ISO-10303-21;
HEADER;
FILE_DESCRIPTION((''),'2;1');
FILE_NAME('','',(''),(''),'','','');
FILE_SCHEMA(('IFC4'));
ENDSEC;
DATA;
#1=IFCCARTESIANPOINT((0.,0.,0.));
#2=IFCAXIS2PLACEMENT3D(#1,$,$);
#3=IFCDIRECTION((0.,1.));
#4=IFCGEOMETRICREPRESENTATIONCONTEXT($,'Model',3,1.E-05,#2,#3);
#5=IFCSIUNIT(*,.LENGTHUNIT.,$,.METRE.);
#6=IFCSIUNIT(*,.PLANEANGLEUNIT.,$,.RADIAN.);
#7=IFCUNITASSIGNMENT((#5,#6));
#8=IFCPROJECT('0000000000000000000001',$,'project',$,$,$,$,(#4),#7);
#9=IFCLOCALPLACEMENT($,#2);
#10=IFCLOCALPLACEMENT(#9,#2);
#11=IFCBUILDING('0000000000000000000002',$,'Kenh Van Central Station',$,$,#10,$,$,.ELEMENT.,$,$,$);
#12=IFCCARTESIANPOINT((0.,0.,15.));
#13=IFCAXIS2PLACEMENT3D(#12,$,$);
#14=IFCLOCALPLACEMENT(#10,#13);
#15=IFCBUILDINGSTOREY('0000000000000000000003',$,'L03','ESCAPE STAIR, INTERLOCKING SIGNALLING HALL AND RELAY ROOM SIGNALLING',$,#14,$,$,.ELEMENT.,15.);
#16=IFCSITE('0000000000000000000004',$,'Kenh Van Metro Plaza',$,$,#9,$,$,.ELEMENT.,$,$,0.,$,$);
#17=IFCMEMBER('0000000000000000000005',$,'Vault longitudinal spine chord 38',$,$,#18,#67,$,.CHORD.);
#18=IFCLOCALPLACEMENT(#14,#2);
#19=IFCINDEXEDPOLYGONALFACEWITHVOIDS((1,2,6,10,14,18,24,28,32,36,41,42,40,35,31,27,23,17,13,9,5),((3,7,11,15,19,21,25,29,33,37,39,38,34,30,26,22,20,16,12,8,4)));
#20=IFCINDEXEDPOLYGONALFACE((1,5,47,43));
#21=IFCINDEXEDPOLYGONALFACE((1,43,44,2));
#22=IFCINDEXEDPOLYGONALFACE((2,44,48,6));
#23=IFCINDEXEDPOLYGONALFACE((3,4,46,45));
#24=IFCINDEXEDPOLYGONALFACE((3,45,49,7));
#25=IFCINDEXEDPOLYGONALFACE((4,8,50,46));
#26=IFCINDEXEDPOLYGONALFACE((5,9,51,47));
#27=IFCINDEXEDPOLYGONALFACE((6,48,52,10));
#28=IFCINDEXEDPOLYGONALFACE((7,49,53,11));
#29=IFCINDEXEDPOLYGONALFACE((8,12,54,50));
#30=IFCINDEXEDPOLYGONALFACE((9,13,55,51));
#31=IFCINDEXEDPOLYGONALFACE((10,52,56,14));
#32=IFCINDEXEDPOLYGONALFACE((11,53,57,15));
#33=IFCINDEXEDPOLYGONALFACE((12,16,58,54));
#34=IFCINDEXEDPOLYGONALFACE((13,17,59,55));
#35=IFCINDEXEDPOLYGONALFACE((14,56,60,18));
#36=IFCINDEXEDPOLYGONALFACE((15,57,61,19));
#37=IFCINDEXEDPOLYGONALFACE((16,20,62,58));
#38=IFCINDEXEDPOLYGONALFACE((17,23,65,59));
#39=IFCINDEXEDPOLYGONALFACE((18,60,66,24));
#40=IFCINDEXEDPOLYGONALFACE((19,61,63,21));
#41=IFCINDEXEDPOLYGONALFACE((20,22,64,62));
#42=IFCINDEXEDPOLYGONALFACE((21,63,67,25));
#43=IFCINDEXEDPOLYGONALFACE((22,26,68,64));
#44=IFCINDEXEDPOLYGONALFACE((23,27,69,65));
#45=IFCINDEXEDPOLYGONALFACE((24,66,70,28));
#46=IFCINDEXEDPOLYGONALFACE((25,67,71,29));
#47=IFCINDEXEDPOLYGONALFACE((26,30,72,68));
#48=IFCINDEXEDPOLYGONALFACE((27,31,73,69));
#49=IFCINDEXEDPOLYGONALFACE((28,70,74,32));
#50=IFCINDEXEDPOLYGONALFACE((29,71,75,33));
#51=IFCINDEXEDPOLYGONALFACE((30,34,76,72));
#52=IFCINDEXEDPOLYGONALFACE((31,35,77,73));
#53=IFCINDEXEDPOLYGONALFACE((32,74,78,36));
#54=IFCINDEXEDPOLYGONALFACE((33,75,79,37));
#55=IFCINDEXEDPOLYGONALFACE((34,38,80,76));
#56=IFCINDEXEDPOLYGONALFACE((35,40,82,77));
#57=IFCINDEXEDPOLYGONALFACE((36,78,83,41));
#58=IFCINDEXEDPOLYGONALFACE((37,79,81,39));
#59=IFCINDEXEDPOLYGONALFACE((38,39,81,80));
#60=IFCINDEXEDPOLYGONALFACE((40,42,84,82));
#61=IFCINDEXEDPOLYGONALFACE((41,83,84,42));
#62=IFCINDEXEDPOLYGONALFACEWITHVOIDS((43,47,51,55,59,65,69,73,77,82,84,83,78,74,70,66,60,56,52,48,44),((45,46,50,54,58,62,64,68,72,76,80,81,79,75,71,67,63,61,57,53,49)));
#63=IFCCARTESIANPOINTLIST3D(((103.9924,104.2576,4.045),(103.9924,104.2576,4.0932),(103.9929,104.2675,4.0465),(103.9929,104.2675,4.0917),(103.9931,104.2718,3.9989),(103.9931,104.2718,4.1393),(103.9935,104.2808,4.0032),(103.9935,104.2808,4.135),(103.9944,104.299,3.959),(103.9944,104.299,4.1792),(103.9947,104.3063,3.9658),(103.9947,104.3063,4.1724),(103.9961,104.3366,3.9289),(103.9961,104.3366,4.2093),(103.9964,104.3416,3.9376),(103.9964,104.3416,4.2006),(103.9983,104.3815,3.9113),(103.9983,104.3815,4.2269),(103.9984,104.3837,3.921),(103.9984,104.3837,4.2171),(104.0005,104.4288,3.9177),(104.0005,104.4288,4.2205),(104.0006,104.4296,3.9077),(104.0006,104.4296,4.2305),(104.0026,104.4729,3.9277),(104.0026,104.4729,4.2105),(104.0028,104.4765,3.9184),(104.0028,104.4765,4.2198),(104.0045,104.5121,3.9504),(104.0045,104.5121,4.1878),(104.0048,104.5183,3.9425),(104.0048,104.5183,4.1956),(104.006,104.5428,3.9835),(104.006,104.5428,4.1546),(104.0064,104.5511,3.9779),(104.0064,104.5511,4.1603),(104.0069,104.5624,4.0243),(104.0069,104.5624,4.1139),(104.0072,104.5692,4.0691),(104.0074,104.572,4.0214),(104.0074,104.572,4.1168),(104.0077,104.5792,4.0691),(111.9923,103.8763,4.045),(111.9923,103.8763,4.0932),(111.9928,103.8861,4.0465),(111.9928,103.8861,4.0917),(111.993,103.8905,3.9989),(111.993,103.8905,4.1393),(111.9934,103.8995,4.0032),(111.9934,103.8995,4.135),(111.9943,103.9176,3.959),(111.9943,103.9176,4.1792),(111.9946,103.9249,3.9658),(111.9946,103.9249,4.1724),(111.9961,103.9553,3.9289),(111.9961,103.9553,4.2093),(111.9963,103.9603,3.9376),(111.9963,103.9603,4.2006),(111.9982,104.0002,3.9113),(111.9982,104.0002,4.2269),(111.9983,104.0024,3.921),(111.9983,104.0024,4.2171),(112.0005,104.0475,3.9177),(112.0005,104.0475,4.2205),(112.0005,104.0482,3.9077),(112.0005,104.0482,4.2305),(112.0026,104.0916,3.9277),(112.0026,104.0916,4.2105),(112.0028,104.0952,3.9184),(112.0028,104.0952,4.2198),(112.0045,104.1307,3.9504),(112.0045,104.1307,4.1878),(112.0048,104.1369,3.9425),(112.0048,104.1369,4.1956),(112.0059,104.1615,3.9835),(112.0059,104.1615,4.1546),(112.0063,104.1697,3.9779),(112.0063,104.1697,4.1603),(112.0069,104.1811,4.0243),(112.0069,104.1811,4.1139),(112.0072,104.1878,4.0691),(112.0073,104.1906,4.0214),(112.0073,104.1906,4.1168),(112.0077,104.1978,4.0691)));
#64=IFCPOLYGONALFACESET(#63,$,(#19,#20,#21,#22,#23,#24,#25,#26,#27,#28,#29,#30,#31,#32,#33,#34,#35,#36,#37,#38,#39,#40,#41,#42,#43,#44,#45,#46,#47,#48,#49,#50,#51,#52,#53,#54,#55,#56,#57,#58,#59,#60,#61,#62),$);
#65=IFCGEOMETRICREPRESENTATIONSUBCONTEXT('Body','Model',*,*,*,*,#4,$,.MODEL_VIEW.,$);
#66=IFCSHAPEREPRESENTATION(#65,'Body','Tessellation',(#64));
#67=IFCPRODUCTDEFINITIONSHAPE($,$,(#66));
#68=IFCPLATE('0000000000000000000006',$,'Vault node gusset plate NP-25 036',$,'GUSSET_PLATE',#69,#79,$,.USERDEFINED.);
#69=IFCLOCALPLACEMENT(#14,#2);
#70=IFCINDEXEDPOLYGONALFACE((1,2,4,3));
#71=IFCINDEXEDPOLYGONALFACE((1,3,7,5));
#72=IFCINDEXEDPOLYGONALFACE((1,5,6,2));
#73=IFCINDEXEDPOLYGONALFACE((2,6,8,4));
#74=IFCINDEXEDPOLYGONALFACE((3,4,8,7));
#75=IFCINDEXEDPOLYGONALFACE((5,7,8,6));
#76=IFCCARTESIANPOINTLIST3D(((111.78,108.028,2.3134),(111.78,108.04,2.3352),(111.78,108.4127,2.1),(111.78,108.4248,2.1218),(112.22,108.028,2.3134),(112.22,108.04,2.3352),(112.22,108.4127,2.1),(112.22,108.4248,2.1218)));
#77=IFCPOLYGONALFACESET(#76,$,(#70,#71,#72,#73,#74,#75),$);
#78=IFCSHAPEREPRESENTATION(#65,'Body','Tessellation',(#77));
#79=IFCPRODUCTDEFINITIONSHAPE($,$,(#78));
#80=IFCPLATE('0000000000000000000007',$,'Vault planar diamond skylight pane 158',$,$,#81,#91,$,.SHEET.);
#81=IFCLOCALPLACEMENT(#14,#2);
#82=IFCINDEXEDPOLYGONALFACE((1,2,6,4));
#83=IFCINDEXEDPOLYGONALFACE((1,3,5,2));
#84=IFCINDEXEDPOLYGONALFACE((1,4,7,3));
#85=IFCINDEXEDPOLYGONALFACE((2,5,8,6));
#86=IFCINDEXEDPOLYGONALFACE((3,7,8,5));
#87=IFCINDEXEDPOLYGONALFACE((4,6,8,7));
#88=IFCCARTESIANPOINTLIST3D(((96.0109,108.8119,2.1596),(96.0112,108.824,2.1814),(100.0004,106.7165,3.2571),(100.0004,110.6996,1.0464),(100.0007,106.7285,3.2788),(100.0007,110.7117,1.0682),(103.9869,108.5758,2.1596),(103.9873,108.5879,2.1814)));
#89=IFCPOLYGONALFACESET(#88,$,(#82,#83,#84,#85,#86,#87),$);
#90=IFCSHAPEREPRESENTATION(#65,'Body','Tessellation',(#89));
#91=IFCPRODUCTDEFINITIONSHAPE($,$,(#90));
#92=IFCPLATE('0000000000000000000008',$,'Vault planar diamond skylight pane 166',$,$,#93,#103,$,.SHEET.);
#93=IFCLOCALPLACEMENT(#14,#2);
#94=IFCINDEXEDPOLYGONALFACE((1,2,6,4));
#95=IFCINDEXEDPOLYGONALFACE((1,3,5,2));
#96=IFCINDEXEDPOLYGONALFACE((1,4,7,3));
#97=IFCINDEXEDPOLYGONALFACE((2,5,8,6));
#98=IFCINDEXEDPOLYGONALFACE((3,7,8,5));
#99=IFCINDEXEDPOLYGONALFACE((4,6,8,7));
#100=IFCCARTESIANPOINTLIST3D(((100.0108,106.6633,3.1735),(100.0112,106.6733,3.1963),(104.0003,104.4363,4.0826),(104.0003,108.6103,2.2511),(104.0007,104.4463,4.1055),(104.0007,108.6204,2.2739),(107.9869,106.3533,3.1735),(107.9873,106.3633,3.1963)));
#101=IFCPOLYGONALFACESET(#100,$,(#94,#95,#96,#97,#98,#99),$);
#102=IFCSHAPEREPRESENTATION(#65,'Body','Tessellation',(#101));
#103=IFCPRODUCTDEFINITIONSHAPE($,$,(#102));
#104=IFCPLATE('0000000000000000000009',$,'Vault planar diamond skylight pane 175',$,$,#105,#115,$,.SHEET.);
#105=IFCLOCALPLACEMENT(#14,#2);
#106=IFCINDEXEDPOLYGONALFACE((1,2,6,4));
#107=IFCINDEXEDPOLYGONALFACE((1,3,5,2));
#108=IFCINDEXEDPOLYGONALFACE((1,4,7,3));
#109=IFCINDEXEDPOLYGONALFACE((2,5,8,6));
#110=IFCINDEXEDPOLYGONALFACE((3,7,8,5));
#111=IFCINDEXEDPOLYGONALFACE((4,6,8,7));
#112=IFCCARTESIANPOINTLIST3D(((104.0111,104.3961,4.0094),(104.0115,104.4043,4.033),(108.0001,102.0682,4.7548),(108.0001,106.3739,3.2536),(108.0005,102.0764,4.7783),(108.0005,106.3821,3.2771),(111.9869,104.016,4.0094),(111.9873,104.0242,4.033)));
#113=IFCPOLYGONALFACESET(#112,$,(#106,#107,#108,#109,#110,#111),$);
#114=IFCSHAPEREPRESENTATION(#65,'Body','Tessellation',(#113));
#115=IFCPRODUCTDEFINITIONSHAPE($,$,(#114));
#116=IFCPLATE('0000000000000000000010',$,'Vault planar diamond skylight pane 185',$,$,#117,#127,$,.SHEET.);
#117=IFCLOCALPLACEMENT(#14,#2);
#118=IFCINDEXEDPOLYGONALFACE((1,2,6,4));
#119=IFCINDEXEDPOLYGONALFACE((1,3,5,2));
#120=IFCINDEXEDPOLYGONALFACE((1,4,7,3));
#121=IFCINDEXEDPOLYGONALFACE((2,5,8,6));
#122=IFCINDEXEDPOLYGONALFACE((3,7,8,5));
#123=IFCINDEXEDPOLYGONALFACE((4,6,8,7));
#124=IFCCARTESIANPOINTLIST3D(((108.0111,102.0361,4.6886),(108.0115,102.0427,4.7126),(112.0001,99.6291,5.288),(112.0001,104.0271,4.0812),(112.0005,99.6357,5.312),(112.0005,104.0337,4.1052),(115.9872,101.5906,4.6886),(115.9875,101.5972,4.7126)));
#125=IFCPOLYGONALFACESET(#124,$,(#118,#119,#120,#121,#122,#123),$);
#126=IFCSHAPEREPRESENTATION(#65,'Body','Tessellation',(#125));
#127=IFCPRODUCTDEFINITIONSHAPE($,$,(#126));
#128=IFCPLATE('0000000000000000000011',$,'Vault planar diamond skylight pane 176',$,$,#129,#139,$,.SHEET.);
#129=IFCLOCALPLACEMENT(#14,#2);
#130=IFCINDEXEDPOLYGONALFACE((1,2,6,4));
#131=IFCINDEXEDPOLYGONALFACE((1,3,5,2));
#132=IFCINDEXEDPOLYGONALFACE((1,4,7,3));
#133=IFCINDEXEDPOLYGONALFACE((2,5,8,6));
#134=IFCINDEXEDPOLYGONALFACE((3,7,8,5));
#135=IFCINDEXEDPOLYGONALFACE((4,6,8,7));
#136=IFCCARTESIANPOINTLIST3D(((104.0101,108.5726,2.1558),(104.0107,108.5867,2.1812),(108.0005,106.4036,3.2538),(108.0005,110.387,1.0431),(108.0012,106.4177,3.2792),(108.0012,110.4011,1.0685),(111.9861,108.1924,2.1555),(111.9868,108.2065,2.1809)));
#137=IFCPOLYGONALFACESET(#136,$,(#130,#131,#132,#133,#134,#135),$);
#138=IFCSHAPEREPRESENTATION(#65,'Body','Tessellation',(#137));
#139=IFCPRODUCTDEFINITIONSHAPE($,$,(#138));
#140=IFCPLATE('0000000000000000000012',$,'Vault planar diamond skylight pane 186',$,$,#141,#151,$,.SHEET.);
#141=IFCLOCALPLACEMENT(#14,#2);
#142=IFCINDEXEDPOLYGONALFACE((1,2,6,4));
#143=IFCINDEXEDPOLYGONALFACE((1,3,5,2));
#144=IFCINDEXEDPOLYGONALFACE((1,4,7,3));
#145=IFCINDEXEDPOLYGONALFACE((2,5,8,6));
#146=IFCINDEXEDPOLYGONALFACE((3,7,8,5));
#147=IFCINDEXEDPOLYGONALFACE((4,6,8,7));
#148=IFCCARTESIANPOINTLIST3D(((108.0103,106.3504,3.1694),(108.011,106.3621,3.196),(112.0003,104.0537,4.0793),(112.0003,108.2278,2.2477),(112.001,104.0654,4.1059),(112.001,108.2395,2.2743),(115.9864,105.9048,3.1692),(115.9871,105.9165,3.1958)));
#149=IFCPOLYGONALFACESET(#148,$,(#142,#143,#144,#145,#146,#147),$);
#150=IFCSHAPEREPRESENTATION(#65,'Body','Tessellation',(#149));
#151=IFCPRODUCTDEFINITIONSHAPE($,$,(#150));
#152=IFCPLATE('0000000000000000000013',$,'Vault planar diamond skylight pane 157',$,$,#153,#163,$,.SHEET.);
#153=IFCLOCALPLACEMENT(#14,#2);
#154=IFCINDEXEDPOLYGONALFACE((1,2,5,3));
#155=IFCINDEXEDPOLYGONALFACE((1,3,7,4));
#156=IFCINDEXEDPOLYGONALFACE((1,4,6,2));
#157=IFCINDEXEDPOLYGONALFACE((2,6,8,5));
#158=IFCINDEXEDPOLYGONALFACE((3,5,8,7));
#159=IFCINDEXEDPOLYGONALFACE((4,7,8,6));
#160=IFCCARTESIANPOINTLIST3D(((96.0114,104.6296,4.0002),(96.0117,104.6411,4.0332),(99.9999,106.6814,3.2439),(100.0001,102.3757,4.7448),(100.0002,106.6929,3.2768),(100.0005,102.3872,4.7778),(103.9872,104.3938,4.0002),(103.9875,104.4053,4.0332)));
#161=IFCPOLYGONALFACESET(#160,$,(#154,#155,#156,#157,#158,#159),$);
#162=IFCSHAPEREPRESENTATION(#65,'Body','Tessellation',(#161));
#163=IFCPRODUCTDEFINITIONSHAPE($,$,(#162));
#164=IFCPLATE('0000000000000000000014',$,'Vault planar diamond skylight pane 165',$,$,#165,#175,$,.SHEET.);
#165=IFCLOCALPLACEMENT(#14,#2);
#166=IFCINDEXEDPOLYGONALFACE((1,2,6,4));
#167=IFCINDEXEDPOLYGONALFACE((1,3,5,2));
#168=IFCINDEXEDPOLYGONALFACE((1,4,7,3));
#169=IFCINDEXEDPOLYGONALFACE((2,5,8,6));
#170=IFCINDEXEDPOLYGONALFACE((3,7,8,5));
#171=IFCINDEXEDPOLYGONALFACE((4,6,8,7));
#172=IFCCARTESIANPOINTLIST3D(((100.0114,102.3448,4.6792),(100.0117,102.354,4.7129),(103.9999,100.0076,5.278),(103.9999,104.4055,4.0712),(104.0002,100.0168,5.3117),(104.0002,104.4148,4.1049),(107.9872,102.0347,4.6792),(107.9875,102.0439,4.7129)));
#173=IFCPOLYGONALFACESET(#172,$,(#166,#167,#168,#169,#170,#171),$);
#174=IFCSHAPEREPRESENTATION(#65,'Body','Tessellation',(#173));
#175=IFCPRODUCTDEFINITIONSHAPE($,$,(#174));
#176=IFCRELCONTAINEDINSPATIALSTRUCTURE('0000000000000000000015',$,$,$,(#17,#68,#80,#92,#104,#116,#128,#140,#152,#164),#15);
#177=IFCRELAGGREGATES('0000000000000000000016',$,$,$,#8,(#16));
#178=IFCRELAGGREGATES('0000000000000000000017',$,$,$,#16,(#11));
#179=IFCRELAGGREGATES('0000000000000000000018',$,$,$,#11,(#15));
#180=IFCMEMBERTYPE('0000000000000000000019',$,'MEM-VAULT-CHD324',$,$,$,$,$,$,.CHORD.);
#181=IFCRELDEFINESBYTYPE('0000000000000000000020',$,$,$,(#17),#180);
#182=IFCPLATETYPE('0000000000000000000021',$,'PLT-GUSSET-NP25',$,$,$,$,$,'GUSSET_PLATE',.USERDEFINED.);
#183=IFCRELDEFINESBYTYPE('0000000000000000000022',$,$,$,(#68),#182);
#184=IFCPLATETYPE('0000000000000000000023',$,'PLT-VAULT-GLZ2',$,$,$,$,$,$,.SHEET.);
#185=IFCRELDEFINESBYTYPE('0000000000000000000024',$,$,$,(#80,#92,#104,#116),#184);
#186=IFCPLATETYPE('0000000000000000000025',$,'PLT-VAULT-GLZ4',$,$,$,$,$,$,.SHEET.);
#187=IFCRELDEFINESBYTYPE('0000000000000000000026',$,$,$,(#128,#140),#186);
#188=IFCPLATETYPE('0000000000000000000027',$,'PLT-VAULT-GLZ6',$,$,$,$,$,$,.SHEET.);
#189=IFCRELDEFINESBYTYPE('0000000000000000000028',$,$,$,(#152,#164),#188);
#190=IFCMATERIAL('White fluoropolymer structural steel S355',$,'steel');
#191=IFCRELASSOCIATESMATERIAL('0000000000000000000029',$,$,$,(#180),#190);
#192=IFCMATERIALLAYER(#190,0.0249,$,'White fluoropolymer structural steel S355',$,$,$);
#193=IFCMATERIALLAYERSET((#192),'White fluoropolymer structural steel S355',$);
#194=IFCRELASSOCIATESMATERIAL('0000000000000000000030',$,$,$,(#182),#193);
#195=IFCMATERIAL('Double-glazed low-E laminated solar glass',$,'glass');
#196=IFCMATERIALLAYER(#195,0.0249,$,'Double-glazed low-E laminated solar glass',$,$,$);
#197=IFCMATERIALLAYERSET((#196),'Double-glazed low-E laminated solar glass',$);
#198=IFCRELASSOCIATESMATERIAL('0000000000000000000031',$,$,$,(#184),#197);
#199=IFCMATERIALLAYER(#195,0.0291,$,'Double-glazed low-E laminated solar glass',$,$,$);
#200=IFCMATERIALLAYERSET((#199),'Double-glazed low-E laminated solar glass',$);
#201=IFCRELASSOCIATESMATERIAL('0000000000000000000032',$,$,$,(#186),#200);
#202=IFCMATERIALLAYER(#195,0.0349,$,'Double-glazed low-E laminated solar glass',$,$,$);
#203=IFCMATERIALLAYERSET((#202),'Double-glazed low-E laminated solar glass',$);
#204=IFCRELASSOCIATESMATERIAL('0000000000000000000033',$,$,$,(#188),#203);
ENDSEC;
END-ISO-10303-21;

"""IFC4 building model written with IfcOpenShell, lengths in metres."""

from ifc_helpers import new_model, si_unit, direction, frame, origin, origin_2d, place, context, subcontext, project, spatial, polyline, hollow_circle, outline, extrude, material, layer, layer_set, material_profile, profile_set, type_object, element, save


model = new_model("IFC4")

# Units and contexts
model_context = context("Model", 3, precision=1e-05, world=origin(), true_north=direction((0.0, 1.0)))
body_context = subcontext(model_context, "Body", "Model", "MODEL_VIEW")
ifc_project = project(units=[si_unit("LENGTHUNIT", "METRE"), si_unit("PLANEANGLEUNIT", "RADIAN")], contexts=[model_context])

# Site, building, storey
site_placement = place(None, origin())
site = spatial("IfcSite", under=ifc_project, at=site_placement, Name="Kenh Van Metro Plaza", CompositionType="ELEMENT", RefElevation=0.0)
building_placement = place(site_placement, origin())
building = spatial("IfcBuilding", under=site, at=building_placement, Name="Kenh Van Central Station", CompositionType="ELEMENT")
storey_placement = place(building_placement, frame((0.0, 0.0, 15.0)))
storey = spatial("IfcBuildingStorey", under=building, at=storey_placement, Name="L03", Description="ESCAPE STAIR, INTERLOCKING SIGNALLING HALL AND RELAY ROOM SIGNALLING", CompositionType="ELEMENT", Elevation=15.0)

# Shared definitions
ifc_material_1 = material(Name="White fluoropolymer structural steel S355", Category="steel")

# Member
ifc_material_profile_1 = material_profile(ifc_material_1, hollow_circle(Radius=0.1619, WallThickness=0.01, at=origin_2d()), Name="CHS 323.9x10")
ifc_profile_set_1 = profile_set([ifc_material_profile_1], Name="White fluoropolymer structural steel S355")
member_type_1 = type_object("IfcMemberType", Name="MEM-VAULT-CHD324", PredefinedType="CHORD", material=ifc_profile_set_1)
member_1_placement = place(storey_placement, frame((104.0, 104.4175, 4.0691), z_axis=(0.998866, -0.047614, 0.0), x_axis=(0.047614, 0.998866, 0.0)))
element("IfcMember", 1, at=member_1_placement, inside=storey, type_object=member_type_1, Name="Vault longitudinal spine chord 38", PredefinedType="CHORD", context=body_context, shape_type="SweptSolid", body=[
    extrude(hollow_circle(Radius=0.1619, WallThickness=0.01, at=origin_2d()), origin(), (0.0, 0.0, 1.0), 8.009),
])

# Plates
ifc_layer_1 = layer(ifc_material_1, 0.0249, Name="White fluoropolymer structural steel S355")
ifc_layer_set_1 = layer_set([ifc_layer_1], Name="White fluoropolymer structural steel S355")
plate_type_1 = type_object("IfcPlateType", Name="PLT-GUSSET-NP25", ElementType="GUSSET_PLATE", PredefinedType="USERDEFINED", material=ifc_layer_set_1)
plate_1_placement = place(storey_placement, frame((111.78, 108.04, 2.3352), z_axis=(0.0, 0.484983, 0.874523), x_axis=(1.0, 0.0, 0.0)))
element("IfcPlate", 2, at=plate_1_placement, inside=storey, type_object=plate_type_1, Name="Vault node gusset plate NP-25 036", ObjectType="GUSSET_PLATE", PredefinedType="USERDEFINED", context=body_context, shape_type="SweptSolid", body=[
    extrude(outline(polyline([(0.0, 0.0), (0.4399, 0.0), (0.4399, 0.44), (0.0, 0.44), (0.0, 0.0)])), origin(), (0.0, 0.0, -1.0), 0.0249),
])
ifc_material_2 = material(Name="Double-glazed low-E laminated solar glass", Category="glass")
ifc_layer_2 = layer(ifc_material_2, 0.0249, Name="Double-glazed low-E laminated solar glass")
ifc_layer_set_2 = layer_set([ifc_layer_2], Name="Double-glazed low-E laminated solar glass")
plate_type_2 = type_object("IfcPlateType", Name="PLT-VAULT-GLZ2", PredefinedType="SHEET", material=ifc_layer_set_2)
plate_2_placement = place(storey_placement, frame((96.0112, 108.824, 2.1814), z_axis=(0.014362, 0.485229, 0.874269), x_axis=(0.86017, -0.451794, 0.23662)))
element("IfcPlate", 3, at=plate_2_placement, inside=storey, type_object=plate_type_2, Name="Vault planar diamond skylight pane 158", PredefinedType="SHEET", context=body_context, shape_type="SweptSolid", body=[
    extrude(outline(polyline([(0.0, 0.0), (4.638, 0.0), (6.9674, 3.8895), (2.3154, 3.9189), (0.0, 0.0)])), origin(), (0.0, 0.0, -1.0), 0.0249),
])
plate_3_placement = place(storey_placement, frame((100.0112, 106.6733, 3.1963), z_axis=(0.015618, 0.401761, 0.915611), x_axis=(0.856375, -0.478054, 0.195158)))
element("IfcPlate", 4, at=plate_3_placement, inside=storey, type_object=plate_type_2, Name="Vault planar diamond skylight pane 166", PredefinedType="SHEET", context=body_context, shape_type="SweptSolid", body=[
    extrude(outline(polyline([(0.0, 0.0), (4.6586, 0.0), (6.9787, 3.8744), (2.3057, 3.904), (0.0, 0.0)])), origin(), (0.0, 0.0, -1.0), 0.0249),
])
plate_4_placement = place(storey_placement, frame((104.0115, 104.4043, 4.033), z_axis=(0.015689, 0.329184, 0.944135), x_axis=(0.852657, -0.497588, 0.159321)))
element("IfcPlate", 5, at=plate_4_placement, inside=storey, type_object=plate_type_2, Name="Vault planar diamond skylight pane 175", PredefinedType="SHEET", context=body_context, shape_type="SweptSolid", body=[
    extrude(outline(polyline([(0.0, 0.0), (4.6783, 0.0), (6.9898, 3.8602), (2.2967, 3.8885), (0.0, 0.0)])), origin(), (0.0, 0.0, -1.0), 0.0249),
])
plate_5_placement = place(storey_placement, frame((108.0115, 102.0427, 4.7126), z_axis=(0.01478, 0.264588, 0.964248), x_axis=(0.849206, -0.512416, 0.127589)))
element("IfcPlate", 6, at=plate_5_placement, inside=storey, type_object=plate_type_2, Name="Vault planar diamond skylight pane 185", PredefinedType="SHEET", context=body_context, shape_type="SweptSolid", body=[
    extrude(outline(polyline([(0.0, 0.0), (4.6973, 0.0), (7.0016, 3.8462), (2.2898, 3.8732), (0.0, 0.0)])), origin(), (0.0, 0.0, -1.0), 0.0249),
])
ifc_layer_3 = layer(ifc_material_2, 0.0291, Name="Double-glazed low-E laminated solar glass")
ifc_layer_set_3 = layer_set([ifc_layer_3], Name="Double-glazed low-E laminated solar glass")
plate_type_3 = type_object("IfcPlateType", Name="PLT-VAULT-GLZ4", PredefinedType="SHEET", material=ifc_layer_set_3)
plate_6_placement = place(storey_placement, frame((104.0107, 108.5867, 2.1812), z_axis=(0.023147, 0.485126, 0.874138), x_axis=(0.853997, -0.464182, 0.234997)))
element("IfcPlate", 7, at=plate_6_placement, inside=storey, type_object=plate_type_3, Name="Vault planar diamond skylight pane 176", PredefinedType="SHEET", context=body_context, shape_type="SweptSolid", body=[
    extrude(outline(polyline([(0.0, 0.0), (4.6727, 0.0), (6.9879, 3.8641), (2.3042, 3.8916), (0.0, 0.0)])), origin(), (0.0, 0.0, -1.0), 0.0291),
])
plate_7_placement = place(storey_placement, frame((108.011, 106.3621, 3.196), z_axis=(0.022468, 0.401709, 0.915492), x_axis=(0.850234, -0.489401, 0.193878)))
element("IfcPlate", 8, at=plate_7_placement, inside=storey, type_object=plate_type_3, Name="Vault planar diamond skylight pane 186", PredefinedType="SHEET", context=body_context, shape_type="SweptSolid", body=[
    extrude(outline(polyline([(0.0, 0.0), (4.6928, 0.0), (6.9995, 3.85), (2.2949, 3.8765), (0.0, 0.0)])), origin(), (0.0, 0.0, -1.0), 0.0291),
])
ifc_layer_4 = layer(ifc_material_2, 0.0349, Name="Double-glazed low-E laminated solar glass")
ifc_layer_set_4 = layer_set([ifc_layer_4], Name="Double-glazed low-E laminated solar glass")
plate_type_4 = type_object("IfcPlateType", Name="PLT-VAULT-GLZ6", PredefinedType="SHEET", material=ifc_layer_set_4)
plate_8_placement = place(storey_placement, frame((96.0117, 104.6411, 4.0332), z_axis=(0.009733, 0.329162, 0.944223), x_axis=(0.859344, -0.485585, 0.16042)))
element("IfcPlate", 9, at=plate_8_placement, inside=storey, type_object=plate_type_4, Name="Vault planar diamond skylight pane 157", PredefinedType="SHEET", context=body_context, shape_type="SweptSolid", body=[
    extrude(outline(polyline([(0.0, 0.0), (4.6416, 0.0), (6.9685, 3.8871), (2.3099, 3.9185), (0.0, 0.0)])), origin(), (0.0, 0.0, -1.0), 0.0349),
])
plate_9_placement = place(storey_placement, frame((100.0117, 102.354, 4.7129), z_axis=(0.010286, 0.264602, 0.964303), x_axis=(0.855637, -0.501384, 0.128451)))
element("IfcPlate", 10, at=plate_9_placement, inside=storey, type_object=plate_type_4, Name="Vault planar diamond skylight pane 165", PredefinedType="SHEET", context=body_context, shape_type="SweptSolid", body=[
    extrude(outline(polyline([(0.0, 0.0), (4.6615, 0.0), (6.9799, 3.8719), (2.3014, 3.9024), (0.0, 0.0)])), origin(), (0.0, 0.0, -1.0), 0.0349),
])

save(model, "model.ifc")
